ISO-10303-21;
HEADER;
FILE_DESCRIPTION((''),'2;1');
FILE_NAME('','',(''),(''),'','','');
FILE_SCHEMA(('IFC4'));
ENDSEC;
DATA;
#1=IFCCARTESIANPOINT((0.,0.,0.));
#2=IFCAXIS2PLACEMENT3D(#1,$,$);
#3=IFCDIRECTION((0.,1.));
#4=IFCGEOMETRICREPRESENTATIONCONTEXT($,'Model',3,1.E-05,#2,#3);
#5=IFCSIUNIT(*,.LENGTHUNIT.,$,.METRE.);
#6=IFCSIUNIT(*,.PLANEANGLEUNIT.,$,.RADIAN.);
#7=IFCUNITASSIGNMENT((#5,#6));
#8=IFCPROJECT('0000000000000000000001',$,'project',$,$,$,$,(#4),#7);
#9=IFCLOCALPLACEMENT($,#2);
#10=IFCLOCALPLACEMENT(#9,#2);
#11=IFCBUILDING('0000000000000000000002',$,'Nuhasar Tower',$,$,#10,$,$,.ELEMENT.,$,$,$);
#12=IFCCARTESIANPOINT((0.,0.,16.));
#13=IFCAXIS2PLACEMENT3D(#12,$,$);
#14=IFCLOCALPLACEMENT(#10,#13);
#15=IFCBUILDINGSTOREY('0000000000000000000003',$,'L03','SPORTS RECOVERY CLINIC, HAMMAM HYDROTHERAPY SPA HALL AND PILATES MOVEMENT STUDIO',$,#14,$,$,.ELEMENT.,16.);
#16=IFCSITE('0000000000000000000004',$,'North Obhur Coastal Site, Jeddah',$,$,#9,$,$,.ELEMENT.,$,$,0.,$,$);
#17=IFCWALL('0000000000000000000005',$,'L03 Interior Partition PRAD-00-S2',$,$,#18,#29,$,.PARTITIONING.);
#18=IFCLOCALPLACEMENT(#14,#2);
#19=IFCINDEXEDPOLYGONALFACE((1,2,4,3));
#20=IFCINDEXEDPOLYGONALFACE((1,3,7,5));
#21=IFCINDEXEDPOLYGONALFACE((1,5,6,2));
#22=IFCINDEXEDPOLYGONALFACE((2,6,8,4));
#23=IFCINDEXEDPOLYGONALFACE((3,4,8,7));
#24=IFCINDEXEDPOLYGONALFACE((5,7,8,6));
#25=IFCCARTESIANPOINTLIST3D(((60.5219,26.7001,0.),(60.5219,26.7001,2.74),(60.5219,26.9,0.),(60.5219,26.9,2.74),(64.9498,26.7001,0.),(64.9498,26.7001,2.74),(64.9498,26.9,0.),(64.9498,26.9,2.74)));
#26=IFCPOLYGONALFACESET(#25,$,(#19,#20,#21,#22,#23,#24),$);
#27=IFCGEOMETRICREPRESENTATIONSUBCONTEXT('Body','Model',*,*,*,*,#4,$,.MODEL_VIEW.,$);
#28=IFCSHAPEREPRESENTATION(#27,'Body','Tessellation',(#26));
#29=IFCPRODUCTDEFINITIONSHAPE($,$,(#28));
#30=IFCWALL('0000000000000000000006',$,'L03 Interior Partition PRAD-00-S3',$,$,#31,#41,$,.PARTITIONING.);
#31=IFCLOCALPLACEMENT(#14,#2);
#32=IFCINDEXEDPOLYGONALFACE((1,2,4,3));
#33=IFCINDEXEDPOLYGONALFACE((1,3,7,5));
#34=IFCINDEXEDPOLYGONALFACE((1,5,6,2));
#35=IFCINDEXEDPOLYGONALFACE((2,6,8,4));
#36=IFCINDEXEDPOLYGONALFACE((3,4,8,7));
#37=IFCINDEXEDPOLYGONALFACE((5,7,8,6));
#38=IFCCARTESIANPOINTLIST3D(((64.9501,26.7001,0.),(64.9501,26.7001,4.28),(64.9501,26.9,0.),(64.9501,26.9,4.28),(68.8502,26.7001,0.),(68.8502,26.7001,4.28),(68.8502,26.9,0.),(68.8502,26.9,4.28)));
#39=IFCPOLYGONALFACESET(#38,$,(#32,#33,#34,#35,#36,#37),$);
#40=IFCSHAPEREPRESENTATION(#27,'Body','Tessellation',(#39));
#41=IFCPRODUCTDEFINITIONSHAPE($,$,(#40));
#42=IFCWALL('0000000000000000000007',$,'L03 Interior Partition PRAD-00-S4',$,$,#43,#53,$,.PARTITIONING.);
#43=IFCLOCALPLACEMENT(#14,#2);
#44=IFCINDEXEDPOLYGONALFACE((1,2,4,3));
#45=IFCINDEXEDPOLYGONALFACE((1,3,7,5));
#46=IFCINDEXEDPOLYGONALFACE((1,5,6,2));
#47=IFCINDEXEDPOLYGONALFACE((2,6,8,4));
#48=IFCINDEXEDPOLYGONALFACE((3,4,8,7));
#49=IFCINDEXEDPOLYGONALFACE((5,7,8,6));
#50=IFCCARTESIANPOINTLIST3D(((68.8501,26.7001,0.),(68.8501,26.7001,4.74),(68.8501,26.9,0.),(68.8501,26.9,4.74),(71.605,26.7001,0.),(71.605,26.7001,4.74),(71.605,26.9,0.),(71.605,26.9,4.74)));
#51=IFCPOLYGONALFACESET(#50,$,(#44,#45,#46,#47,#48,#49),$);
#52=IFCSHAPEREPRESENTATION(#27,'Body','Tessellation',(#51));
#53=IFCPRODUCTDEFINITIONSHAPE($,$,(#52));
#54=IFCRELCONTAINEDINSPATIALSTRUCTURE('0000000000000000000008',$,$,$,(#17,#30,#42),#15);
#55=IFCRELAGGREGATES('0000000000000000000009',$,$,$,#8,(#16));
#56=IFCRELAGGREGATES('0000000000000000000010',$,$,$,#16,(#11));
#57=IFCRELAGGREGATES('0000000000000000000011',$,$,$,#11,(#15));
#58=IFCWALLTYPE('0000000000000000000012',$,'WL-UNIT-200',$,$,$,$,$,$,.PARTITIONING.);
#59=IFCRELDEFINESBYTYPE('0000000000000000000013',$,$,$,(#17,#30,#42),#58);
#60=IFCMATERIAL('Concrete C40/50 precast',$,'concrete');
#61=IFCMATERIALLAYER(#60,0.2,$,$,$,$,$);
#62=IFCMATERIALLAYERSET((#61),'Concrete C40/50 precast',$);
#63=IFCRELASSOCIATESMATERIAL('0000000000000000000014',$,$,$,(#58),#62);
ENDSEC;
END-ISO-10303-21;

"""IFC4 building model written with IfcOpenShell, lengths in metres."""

from ifc_helpers import new_model, si_unit, direction, frame, frame_2d, origin, place, context, subcontext, project, spatial, rectangle, extrude, material, layer, layer_set, type_object, element, save


model = new_model("IFC4")

# Units and contexts
model_context = context("Model", 3, precision=1e-05, world=origin(), true_north=direction((0.0, 1.0)))
body_context = subcontext(model_context, "Body", "Model", "MODEL_VIEW")
ifc_project = project(units=[si_unit("LENGTHUNIT", "METRE"), si_unit("PLANEANGLEUNIT", "RADIAN")], contexts=[model_context])

# Site, building, storey
site_placement = place(None, origin())
site = spatial("IfcSite", under=ifc_project, at=site_placement, Name="North Obhur Coastal Site, Jeddah", CompositionType="ELEMENT", RefElevation=0.0)
building_placement = place(site_placement, origin())
building = spatial("IfcBuilding", under=site, at=building_placement, Name="Nuhasar Tower", CompositionType="ELEMENT")
storey_placement = place(building_placement, frame((0.0, 0.0, 16.0)))
storey = spatial("IfcBuildingStorey", under=building, at=storey_placement, Name="L03", Description="SPORTS RECOVERY CLINIC, HAMMAM HYDROTHERAPY SPA HALL AND PILATES MOVEMENT STUDIO", CompositionType="ELEMENT", Elevation=16.0)

# Walls
ifc_material_1 = material(Name="Concrete C40/50 precast", Category="concrete")
ifc_layer_1 = layer(ifc_material_1, 0.2)
ifc_layer_set_1 = layer_set([ifc_layer_1], Name="Concrete C40/50 precast")
wall_type_1 = type_object("IfcWallType", Name="WL-UNIT-200", PredefinedType="PARTITIONING", material=ifc_layer_set_1)
wall_1_placement = place(storey_placement, frame((60.522, 26.8, 0.0), z_axis=(0.0, 0.0, 1.0), x_axis=(1.0, 0.0, 0.0)))
element("IfcWall", 1, at=wall_1_placement, inside=storey, type_object=wall_type_1, Name="L03 Interior Partition PRAD-00-S2", PredefinedType="PARTITIONING", context=body_context, shape_type="SweptSolid", body=[
    extrude(rectangle(XDim=4.428, YDim=0.2, at=frame_2d((2.2139, 0.0))), origin(), (0.0, 0.0, 1.0), 2.74),
])
wall_2_placement = place(storey_placement, frame((64.95, 26.8, 0.0), z_axis=(0.0, 0.0, 1.0), x_axis=(1.0, 0.0, 0.0)))
element("IfcWall", 2, at=wall_2_placement, inside=storey, type_object=wall_type_1, Name="L03 Interior Partition PRAD-00-S3", PredefinedType="PARTITIONING", context=body_context, shape_type="SweptSolid", body=[
    extrude(rectangle(XDim=3.9001, YDim=0.2, at=frame_2d((1.9502, 0.0))), origin(), (0.0, 0.0, 1.0), 4.28),
])
wall_3_placement = place(storey_placement, frame((68.8501, 26.8, 0.0), z_axis=(0.0, 0.0, 1.0), x_axis=(1.0, 0.0, 0.0)))
element("IfcWall", 3, at=wall_3_placement, inside=storey, type_object=wall_type_1, Name="L03 Interior Partition PRAD-00-S4", PredefinedType="PARTITIONING", context=body_context, shape_type="SweptSolid", body=[
    extrude(rectangle(XDim=2.7549, YDim=0.2, at=frame_2d((1.3774, 0.0))), origin(), (0.0, 0.0, 1.0), 4.74),
])

save(model, "model.ifc")
